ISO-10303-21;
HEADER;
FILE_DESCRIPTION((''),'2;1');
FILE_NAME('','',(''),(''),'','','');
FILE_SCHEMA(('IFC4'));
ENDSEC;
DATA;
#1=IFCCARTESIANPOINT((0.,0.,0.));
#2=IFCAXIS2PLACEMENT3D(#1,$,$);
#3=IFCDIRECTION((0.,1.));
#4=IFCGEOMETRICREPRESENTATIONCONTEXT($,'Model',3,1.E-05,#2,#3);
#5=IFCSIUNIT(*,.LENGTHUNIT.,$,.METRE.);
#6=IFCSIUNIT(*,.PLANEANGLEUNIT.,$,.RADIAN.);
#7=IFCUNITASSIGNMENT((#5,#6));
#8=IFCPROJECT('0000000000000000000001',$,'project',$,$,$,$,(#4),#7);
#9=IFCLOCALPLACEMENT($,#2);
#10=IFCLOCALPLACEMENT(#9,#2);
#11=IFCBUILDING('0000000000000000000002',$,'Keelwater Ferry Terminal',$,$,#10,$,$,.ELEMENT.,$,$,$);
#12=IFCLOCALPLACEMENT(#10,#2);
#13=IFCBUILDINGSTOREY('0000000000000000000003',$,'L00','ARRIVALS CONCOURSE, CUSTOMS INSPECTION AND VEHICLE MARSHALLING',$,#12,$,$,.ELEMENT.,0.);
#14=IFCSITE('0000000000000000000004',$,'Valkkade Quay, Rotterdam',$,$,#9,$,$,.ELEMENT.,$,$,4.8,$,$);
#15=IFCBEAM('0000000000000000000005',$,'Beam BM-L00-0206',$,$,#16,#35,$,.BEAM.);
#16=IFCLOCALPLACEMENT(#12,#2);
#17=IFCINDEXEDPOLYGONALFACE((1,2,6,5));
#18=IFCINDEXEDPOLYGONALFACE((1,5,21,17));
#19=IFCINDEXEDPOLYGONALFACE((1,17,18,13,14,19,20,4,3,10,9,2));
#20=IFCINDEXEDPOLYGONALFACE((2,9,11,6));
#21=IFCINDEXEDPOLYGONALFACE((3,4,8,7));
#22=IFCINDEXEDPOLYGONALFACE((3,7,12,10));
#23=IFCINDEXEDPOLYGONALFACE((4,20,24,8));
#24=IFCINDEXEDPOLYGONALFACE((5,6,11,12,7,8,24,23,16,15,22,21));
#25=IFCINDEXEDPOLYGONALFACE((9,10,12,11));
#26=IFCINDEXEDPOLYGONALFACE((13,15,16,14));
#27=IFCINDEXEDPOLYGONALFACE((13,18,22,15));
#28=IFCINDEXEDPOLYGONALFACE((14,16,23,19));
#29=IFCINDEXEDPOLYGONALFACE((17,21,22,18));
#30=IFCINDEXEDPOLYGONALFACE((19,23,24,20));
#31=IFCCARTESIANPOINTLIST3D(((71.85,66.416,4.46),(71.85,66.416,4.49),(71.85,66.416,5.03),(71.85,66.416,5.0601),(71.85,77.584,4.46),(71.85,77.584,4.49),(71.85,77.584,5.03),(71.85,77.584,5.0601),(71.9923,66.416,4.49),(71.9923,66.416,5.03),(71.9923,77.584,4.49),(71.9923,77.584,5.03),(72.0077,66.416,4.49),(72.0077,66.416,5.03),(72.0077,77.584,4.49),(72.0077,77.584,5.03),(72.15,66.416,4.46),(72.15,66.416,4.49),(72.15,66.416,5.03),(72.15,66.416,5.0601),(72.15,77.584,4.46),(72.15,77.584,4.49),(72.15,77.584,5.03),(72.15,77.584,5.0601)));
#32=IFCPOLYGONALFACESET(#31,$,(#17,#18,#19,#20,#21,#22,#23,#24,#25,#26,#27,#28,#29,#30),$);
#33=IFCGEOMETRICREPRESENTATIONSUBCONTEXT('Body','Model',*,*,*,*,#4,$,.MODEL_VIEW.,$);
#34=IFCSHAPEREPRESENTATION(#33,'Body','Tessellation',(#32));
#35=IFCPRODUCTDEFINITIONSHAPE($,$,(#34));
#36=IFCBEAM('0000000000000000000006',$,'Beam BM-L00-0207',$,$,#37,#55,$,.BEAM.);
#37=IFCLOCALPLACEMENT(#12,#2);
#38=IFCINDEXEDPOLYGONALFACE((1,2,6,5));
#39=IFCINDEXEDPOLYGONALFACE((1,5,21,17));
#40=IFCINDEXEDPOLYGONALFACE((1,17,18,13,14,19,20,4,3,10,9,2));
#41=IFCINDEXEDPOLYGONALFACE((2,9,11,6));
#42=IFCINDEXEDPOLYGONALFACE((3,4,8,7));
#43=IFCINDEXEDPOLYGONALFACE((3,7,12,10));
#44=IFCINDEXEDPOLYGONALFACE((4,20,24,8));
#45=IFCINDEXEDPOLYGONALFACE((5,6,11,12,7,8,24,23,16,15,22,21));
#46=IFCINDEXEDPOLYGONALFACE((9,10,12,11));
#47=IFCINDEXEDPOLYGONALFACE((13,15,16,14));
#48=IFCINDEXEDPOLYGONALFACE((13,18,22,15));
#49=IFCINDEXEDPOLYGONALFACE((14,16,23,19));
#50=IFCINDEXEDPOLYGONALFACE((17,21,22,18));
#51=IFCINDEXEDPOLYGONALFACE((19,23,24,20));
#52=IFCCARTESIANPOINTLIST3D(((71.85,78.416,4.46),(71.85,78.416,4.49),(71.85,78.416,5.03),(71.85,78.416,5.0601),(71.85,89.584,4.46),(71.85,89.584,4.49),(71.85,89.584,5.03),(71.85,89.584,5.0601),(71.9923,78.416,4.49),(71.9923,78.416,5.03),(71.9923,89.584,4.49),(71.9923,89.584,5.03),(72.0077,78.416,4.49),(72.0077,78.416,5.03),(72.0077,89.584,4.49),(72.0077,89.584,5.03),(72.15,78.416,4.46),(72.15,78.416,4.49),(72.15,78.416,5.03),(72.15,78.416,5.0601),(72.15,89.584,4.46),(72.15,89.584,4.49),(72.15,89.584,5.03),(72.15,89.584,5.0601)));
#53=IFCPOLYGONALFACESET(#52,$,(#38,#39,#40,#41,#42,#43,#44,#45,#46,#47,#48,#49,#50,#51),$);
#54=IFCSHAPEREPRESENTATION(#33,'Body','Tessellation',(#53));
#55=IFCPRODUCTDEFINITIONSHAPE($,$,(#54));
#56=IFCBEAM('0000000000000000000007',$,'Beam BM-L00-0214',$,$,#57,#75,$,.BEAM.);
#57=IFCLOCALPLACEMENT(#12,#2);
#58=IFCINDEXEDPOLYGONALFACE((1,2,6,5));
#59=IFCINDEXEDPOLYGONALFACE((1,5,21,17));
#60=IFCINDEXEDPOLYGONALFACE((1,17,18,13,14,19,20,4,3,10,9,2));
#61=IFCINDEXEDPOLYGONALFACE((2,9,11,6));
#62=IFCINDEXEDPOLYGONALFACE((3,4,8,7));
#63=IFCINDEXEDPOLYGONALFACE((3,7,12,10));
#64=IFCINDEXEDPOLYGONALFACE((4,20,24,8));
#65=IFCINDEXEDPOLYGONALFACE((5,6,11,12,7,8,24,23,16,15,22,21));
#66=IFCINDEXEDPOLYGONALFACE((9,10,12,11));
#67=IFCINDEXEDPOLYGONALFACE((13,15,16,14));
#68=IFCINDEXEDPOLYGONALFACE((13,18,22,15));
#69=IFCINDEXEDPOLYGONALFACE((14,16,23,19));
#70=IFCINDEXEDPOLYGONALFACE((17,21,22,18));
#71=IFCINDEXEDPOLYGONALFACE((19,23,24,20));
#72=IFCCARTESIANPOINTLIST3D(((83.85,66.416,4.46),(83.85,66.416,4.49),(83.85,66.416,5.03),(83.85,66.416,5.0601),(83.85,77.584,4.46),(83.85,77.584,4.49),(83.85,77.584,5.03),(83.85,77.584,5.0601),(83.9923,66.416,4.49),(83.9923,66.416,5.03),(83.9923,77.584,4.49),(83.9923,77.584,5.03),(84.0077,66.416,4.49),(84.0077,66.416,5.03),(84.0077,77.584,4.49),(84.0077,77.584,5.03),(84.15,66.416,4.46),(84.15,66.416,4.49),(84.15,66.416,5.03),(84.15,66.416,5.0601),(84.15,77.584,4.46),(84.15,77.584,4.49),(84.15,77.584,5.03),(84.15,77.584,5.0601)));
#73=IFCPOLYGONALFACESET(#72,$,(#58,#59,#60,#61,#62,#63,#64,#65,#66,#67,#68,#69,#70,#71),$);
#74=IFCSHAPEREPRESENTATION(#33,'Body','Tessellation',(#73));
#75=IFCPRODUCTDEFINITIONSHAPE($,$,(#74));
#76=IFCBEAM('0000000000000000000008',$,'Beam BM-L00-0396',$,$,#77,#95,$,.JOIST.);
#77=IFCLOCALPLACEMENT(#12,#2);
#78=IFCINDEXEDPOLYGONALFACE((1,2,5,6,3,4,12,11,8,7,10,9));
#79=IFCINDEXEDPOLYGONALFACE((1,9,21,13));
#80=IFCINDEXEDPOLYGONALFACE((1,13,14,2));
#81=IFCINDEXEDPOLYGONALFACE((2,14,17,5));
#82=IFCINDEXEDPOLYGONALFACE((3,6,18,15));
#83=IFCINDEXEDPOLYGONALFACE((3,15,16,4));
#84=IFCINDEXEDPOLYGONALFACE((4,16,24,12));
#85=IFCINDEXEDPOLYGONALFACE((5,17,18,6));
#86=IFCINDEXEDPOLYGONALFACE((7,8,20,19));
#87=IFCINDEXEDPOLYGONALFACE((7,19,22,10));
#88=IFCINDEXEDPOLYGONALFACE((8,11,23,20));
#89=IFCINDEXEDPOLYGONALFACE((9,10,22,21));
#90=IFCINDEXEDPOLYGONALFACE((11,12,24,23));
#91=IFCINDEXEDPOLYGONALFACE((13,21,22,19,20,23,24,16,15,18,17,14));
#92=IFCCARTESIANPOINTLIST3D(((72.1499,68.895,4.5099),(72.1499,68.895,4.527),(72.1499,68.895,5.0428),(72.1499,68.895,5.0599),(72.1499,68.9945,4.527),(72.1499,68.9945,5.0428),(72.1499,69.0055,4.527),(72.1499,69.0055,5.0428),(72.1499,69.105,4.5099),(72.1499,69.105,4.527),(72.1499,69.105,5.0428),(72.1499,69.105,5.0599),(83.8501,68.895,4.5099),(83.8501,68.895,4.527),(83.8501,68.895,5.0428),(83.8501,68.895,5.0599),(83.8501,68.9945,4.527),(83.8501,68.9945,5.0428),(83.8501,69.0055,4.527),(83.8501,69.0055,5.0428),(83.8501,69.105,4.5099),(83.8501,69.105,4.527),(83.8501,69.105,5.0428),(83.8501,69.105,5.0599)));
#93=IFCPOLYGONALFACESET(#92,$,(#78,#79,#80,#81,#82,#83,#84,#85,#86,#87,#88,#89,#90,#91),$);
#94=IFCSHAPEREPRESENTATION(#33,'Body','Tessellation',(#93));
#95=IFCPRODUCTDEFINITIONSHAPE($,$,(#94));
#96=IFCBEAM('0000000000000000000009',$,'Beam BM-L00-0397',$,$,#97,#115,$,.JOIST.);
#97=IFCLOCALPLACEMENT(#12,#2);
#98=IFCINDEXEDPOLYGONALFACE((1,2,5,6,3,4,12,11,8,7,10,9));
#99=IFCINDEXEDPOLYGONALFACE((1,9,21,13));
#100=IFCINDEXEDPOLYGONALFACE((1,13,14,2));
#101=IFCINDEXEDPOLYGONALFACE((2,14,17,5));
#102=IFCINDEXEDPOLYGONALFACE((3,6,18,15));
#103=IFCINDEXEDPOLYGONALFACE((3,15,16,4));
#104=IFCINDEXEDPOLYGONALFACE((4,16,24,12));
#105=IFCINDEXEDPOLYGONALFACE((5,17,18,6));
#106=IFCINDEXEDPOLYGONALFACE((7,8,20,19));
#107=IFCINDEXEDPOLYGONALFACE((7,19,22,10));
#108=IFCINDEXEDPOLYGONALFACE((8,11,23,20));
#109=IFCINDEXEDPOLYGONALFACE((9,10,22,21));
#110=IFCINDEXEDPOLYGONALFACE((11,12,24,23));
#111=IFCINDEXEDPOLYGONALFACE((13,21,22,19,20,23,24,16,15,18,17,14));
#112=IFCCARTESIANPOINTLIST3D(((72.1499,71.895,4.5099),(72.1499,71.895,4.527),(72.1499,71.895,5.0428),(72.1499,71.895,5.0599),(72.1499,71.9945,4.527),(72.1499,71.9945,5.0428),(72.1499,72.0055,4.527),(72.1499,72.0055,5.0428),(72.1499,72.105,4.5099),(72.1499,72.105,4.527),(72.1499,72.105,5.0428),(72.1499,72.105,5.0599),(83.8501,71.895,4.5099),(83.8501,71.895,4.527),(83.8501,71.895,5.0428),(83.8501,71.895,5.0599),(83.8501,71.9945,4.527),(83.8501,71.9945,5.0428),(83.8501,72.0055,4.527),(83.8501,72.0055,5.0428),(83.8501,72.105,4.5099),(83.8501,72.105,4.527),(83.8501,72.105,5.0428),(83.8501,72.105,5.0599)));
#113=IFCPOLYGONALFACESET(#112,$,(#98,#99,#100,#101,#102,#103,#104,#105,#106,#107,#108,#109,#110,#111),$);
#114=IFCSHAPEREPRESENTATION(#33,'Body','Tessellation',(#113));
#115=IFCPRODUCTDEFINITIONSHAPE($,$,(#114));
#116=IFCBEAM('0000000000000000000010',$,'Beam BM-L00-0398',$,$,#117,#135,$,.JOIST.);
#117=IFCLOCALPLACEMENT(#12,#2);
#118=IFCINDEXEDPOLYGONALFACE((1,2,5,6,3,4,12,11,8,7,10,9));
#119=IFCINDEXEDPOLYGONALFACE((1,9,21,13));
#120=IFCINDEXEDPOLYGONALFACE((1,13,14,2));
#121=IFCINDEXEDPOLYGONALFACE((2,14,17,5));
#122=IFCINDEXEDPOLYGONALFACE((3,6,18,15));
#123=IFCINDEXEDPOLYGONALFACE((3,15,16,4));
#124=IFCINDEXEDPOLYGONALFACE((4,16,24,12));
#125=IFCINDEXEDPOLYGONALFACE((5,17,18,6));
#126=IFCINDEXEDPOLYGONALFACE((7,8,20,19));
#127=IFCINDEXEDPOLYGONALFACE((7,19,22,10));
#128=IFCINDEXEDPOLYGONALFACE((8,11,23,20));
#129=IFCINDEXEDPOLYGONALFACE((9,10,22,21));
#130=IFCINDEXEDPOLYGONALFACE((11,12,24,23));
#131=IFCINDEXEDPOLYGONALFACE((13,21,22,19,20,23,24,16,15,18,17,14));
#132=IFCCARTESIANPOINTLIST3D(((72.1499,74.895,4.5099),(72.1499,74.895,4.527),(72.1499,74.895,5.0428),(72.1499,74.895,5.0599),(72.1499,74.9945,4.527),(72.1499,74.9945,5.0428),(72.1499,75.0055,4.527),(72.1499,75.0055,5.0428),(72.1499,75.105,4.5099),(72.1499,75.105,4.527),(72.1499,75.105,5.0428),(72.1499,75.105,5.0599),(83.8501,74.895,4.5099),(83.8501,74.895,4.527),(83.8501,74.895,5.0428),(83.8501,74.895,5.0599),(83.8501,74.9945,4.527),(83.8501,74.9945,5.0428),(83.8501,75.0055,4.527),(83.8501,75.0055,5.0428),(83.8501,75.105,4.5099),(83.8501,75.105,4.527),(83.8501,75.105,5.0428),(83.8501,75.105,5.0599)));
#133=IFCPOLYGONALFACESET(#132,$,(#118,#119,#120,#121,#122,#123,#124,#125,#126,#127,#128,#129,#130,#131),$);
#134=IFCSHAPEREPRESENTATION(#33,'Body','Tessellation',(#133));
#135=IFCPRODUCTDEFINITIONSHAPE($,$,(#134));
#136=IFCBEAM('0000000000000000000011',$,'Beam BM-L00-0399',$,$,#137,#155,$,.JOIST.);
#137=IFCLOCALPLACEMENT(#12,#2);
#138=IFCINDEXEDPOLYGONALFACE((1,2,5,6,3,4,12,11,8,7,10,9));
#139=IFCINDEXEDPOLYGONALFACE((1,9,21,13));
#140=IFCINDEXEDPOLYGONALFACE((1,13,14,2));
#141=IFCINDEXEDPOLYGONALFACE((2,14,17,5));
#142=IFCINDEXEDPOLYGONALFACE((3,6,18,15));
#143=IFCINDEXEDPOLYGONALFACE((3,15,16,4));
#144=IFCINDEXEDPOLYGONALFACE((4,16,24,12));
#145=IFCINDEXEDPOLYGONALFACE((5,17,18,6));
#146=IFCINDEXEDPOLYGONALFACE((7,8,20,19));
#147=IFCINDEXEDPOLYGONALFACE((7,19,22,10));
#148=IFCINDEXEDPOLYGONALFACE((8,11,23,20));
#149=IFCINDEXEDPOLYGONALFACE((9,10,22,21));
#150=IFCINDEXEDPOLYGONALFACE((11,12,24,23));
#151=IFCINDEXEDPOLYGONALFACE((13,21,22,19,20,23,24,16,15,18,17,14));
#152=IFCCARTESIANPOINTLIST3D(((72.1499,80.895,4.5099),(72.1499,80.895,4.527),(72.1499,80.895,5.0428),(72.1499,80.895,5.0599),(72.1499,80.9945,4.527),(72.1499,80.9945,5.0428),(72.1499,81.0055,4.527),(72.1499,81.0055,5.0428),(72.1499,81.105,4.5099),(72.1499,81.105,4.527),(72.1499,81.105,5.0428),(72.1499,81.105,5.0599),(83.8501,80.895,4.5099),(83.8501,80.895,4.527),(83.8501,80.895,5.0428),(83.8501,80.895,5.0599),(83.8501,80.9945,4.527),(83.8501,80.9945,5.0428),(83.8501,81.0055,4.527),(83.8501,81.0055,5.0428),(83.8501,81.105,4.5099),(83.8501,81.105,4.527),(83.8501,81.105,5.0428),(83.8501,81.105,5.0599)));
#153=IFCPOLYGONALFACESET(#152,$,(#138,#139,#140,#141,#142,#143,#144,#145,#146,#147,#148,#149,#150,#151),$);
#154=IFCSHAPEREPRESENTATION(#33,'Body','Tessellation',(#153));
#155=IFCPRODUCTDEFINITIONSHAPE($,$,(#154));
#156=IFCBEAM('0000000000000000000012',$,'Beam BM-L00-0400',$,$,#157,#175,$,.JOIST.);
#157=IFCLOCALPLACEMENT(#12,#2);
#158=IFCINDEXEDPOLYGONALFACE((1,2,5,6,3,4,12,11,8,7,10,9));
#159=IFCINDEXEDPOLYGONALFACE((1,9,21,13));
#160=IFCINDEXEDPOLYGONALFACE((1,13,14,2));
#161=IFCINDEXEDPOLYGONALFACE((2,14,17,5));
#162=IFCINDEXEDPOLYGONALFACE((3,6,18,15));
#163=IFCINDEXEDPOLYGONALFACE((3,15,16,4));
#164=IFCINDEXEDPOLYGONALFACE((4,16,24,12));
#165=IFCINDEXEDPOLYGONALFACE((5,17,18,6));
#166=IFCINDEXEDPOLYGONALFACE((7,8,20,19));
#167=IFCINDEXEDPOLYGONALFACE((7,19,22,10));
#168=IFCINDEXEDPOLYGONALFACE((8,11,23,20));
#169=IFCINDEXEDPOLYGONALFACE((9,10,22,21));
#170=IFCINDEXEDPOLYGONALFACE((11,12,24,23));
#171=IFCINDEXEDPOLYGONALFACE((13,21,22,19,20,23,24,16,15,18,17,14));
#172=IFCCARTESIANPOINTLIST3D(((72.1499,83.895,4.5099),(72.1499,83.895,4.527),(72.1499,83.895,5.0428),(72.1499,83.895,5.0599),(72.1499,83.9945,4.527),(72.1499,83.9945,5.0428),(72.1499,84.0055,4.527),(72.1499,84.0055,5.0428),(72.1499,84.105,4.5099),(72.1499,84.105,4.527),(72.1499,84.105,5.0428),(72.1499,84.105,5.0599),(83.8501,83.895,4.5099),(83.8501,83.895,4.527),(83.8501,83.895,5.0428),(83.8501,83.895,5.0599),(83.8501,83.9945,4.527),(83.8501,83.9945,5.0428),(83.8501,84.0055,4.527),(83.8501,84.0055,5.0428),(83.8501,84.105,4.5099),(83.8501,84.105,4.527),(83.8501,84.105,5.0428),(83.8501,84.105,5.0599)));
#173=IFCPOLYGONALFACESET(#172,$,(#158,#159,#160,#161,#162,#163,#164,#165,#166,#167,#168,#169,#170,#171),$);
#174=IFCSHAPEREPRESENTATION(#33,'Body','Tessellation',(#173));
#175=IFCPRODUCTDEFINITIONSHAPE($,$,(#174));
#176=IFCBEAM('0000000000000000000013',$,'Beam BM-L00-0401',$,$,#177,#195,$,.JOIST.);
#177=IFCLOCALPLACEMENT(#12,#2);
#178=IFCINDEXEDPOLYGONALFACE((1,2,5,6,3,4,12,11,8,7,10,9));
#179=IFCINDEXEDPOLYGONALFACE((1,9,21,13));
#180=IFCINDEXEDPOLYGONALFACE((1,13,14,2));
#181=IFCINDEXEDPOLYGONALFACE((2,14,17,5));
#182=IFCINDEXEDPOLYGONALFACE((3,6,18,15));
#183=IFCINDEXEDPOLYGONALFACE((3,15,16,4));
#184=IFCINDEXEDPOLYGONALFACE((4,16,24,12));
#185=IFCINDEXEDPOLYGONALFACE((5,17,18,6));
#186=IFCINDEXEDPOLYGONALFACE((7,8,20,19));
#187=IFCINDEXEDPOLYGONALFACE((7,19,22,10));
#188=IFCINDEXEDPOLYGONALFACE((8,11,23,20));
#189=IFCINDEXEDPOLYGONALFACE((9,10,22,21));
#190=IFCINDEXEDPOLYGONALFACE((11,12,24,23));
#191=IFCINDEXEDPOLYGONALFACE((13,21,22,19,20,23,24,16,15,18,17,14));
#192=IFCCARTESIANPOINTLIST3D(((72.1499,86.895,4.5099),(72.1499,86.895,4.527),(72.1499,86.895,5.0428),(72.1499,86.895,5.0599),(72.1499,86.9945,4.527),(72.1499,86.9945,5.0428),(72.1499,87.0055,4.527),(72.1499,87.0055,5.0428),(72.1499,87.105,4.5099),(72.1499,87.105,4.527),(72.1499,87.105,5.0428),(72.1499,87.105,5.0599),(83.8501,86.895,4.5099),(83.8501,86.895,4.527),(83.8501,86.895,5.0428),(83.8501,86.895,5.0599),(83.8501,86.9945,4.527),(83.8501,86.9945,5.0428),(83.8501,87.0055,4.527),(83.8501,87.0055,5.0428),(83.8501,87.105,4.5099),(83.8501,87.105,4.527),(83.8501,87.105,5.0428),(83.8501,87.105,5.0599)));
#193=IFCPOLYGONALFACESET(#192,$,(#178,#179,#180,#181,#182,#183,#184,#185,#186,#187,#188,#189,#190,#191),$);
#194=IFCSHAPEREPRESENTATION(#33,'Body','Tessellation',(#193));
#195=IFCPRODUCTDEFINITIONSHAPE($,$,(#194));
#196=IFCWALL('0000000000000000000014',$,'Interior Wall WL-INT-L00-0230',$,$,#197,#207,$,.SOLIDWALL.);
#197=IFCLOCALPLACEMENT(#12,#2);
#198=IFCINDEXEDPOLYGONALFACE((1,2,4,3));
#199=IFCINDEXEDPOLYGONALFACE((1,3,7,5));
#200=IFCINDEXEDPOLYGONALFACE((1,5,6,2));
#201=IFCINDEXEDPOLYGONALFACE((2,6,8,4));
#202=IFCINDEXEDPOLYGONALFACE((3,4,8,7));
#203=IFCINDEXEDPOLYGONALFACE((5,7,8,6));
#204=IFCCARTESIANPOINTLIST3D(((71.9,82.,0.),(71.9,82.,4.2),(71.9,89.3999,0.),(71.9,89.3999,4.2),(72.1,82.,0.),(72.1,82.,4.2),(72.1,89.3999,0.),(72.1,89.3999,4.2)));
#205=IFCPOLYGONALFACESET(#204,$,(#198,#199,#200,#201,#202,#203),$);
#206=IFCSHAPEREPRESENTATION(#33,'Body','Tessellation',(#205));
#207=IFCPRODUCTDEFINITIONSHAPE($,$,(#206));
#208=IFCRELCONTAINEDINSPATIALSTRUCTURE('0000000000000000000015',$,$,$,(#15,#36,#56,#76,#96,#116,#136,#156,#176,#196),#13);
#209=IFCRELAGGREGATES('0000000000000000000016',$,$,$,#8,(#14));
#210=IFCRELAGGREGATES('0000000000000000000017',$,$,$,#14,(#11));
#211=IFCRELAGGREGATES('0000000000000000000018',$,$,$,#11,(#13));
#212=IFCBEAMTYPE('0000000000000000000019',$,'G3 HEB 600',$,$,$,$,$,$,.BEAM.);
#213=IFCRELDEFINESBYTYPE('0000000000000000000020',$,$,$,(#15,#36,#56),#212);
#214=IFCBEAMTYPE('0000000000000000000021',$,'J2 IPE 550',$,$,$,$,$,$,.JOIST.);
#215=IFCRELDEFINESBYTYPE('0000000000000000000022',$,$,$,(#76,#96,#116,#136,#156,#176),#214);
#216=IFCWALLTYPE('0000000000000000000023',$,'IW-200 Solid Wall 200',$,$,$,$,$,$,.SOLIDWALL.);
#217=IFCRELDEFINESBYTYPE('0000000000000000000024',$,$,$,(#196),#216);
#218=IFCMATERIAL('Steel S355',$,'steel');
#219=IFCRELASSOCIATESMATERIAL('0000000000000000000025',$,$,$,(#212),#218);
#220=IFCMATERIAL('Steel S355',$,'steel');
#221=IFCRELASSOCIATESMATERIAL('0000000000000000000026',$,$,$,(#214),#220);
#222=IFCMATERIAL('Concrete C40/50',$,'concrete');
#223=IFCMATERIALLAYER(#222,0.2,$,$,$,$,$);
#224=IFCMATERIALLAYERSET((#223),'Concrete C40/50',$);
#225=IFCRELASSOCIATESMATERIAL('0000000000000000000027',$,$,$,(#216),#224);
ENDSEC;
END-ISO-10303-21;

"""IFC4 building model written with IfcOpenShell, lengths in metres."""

from ifc_helpers import new_model, si_unit, direction, frame, frame_2d, origin, origin_2d, place, context, subcontext, project, spatial, rectangle, i_section, extrude, material, layer, layer_set, material_profile, profile_set, type_object, element, save


model = new_model("IFC4")

# Units and contexts
model_context = context("Model", 3, precision=1e-05, world=origin(), true_north=direction((0.0, 1.0)))
body_context = subcontext(model_context, "Body", "Model", "MODEL_VIEW")
ifc_project = project(units=[si_unit("LENGTHUNIT", "METRE"), si_unit("PLANEANGLEUNIT", "RADIAN")], contexts=[model_context])

# Site, building, storey
site_placement = place(None, origin())
site = spatial("IfcSite", under=ifc_project, at=site_placement, Name="Valkkade Quay, Rotterdam", CompositionType="ELEMENT", RefElevation=4.8)
building_placement = place(site_placement, origin())
building = spatial("IfcBuilding", under=site, at=building_placement, Name="Keelwater Ferry Terminal", CompositionType="ELEMENT")
storey_placement = place(building_placement, origin())
storey = spatial("IfcBuildingStorey", under=building, at=storey_placement, Name="L00", Description="ARRIVALS CONCOURSE, CUSTOMS INSPECTION AND VEHICLE MARSHALLING", CompositionType="ELEMENT", Elevation=0.0)

# Beams
ifc_material_1 = material(Name="Steel S355", Category="steel")
ifc_material_profile_1 = material_profile(ifc_material_1, i_section(OverallWidth=0.3, OverallDepth=0.6001, WebThickness=0.0154, FlangeThickness=0.03, at=origin_2d()), Name="HEB 600")
ifc_profile_set_1 = profile_set([ifc_material_profile_1], Name="Steel S355")
beam_type_1 = type_object("IfcBeamType", Name="G3 HEB 600", PredefinedType="BEAM", material=ifc_profile_set_1)
for number, where, z_axis, x_axis, name in (
    (1, (72.0, 66.416, 4.76), (0.0, 1.0, 0.0), (-1.0, 0.0, 0.0), "Beam BM-L00-0206"),
    (2, (72.0, 78.416, 4.76), (0.0, 1.0, 0.0), (-1.0, 0.0, 0.0), "Beam BM-L00-0207"),
    (3, (84.0, 66.416, 4.76), (0.0, 1.0, 0.0), (-1.0, 0.0, 0.0), "Beam BM-L00-0214"),
):
    element("IfcBeam", number, at=place(storey_placement, frame(where, z_axis=z_axis, x_axis=x_axis)), inside=storey, type_object=beam_type_1, Name=name, PredefinedType="BEAM", context=body_context, shape_type="SweptSolid", body=[
        extrude(i_section(OverallWidth=0.3, OverallDepth=0.6001, WebThickness=0.0154, FlangeThickness=0.03, at=origin_2d()), origin(), (0.0, 0.0, 1.0), 11.168),
    ])
ifc_material_2 = material(Name="Steel S355", Category="steel")
ifc_material_profile_2 = material_profile(ifc_material_2, i_section(OverallWidth=0.21, OverallDepth=0.55, WebThickness=0.011, FlangeThickness=0.0171, at=origin_2d()), Name="IPE 550")
ifc_profile_set_2 = profile_set([ifc_material_profile_2], Name="Steel S355")
beam_type_2 = type_object("IfcBeamType", Name="J2 IPE 550", PredefinedType="JOIST", material=ifc_profile_set_2)
for number, where, z_axis, x_axis, name in (
    (4, (72.1499, 69.0, 4.7849), (1.0, 0.0, 0.0), (0.0, 1.0, 0.0), "Beam BM-L00-0396"),
    (5, (72.1499, 72.0, 4.7849), (1.0, 0.0, 0.0), (0.0, 1.0, 0.0), "Beam BM-L00-0397"),
    (6, (72.1499, 75.0, 4.7849), (1.0, 0.0, 0.0), (0.0, 1.0, 0.0), "Beam BM-L00-0398"),
    (7, (72.1499, 81.0, 4.7849), (1.0, 0.0, 0.0), (0.0, 1.0, 0.0), "Beam BM-L00-0399"),
    (8, (72.1499, 84.0, 4.7849), (1.0, 0.0, 0.0), (0.0, 1.0, 0.0), "Beam BM-L00-0400"),
    (9, (72.1499, 87.0, 4.7849), (1.0, 0.0, 0.0), (0.0, 1.0, 0.0), "Beam BM-L00-0401"),
):
    element("IfcBeam", number, at=place(storey_placement, frame(where, z_axis=z_axis, x_axis=x_axis)), inside=storey, type_object=beam_type_2, Name=name, PredefinedType="JOIST", context=body_context, shape_type="SweptSolid", body=[
        extrude(i_section(OverallWidth=0.21, OverallDepth=0.55, WebThickness=0.011, FlangeThickness=0.0171, at=origin_2d()), origin(), (0.0, 0.0, 1.0), 11.7002),
    ])

# Wall
ifc_material_3 = material(Name="Concrete C40/50", Category="concrete")
ifc_layer = layer(ifc_material_3, 0.2)
ifc_layer_set = layer_set([ifc_layer], Name="Concrete C40/50")
wall_type = type_object("IfcWallType", Name="IW-200 Solid Wall 200", PredefinedType="SOLIDWALL", material=ifc_layer_set)
wall_placement = place(storey_placement, frame((72.0, 82.0, 0.0), z_axis=(0.0, 0.0, 1.0), x_axis=(0.0, 1.0, 0.0)))
element("IfcWall", 10, at=wall_placement, inside=storey, type_object=wall_type, Name="Interior Wall WL-INT-L00-0230", PredefinedType="SOLIDWALL", context=body_context, shape_type="SweptSolid", body=[
    extrude(rectangle(XDim=7.3999, YDim=0.2, at=frame_2d((3.7, 0.0))), origin(), (0.0, 0.0, 1.0), 4.2),
])

save(model, "model.ifc")
